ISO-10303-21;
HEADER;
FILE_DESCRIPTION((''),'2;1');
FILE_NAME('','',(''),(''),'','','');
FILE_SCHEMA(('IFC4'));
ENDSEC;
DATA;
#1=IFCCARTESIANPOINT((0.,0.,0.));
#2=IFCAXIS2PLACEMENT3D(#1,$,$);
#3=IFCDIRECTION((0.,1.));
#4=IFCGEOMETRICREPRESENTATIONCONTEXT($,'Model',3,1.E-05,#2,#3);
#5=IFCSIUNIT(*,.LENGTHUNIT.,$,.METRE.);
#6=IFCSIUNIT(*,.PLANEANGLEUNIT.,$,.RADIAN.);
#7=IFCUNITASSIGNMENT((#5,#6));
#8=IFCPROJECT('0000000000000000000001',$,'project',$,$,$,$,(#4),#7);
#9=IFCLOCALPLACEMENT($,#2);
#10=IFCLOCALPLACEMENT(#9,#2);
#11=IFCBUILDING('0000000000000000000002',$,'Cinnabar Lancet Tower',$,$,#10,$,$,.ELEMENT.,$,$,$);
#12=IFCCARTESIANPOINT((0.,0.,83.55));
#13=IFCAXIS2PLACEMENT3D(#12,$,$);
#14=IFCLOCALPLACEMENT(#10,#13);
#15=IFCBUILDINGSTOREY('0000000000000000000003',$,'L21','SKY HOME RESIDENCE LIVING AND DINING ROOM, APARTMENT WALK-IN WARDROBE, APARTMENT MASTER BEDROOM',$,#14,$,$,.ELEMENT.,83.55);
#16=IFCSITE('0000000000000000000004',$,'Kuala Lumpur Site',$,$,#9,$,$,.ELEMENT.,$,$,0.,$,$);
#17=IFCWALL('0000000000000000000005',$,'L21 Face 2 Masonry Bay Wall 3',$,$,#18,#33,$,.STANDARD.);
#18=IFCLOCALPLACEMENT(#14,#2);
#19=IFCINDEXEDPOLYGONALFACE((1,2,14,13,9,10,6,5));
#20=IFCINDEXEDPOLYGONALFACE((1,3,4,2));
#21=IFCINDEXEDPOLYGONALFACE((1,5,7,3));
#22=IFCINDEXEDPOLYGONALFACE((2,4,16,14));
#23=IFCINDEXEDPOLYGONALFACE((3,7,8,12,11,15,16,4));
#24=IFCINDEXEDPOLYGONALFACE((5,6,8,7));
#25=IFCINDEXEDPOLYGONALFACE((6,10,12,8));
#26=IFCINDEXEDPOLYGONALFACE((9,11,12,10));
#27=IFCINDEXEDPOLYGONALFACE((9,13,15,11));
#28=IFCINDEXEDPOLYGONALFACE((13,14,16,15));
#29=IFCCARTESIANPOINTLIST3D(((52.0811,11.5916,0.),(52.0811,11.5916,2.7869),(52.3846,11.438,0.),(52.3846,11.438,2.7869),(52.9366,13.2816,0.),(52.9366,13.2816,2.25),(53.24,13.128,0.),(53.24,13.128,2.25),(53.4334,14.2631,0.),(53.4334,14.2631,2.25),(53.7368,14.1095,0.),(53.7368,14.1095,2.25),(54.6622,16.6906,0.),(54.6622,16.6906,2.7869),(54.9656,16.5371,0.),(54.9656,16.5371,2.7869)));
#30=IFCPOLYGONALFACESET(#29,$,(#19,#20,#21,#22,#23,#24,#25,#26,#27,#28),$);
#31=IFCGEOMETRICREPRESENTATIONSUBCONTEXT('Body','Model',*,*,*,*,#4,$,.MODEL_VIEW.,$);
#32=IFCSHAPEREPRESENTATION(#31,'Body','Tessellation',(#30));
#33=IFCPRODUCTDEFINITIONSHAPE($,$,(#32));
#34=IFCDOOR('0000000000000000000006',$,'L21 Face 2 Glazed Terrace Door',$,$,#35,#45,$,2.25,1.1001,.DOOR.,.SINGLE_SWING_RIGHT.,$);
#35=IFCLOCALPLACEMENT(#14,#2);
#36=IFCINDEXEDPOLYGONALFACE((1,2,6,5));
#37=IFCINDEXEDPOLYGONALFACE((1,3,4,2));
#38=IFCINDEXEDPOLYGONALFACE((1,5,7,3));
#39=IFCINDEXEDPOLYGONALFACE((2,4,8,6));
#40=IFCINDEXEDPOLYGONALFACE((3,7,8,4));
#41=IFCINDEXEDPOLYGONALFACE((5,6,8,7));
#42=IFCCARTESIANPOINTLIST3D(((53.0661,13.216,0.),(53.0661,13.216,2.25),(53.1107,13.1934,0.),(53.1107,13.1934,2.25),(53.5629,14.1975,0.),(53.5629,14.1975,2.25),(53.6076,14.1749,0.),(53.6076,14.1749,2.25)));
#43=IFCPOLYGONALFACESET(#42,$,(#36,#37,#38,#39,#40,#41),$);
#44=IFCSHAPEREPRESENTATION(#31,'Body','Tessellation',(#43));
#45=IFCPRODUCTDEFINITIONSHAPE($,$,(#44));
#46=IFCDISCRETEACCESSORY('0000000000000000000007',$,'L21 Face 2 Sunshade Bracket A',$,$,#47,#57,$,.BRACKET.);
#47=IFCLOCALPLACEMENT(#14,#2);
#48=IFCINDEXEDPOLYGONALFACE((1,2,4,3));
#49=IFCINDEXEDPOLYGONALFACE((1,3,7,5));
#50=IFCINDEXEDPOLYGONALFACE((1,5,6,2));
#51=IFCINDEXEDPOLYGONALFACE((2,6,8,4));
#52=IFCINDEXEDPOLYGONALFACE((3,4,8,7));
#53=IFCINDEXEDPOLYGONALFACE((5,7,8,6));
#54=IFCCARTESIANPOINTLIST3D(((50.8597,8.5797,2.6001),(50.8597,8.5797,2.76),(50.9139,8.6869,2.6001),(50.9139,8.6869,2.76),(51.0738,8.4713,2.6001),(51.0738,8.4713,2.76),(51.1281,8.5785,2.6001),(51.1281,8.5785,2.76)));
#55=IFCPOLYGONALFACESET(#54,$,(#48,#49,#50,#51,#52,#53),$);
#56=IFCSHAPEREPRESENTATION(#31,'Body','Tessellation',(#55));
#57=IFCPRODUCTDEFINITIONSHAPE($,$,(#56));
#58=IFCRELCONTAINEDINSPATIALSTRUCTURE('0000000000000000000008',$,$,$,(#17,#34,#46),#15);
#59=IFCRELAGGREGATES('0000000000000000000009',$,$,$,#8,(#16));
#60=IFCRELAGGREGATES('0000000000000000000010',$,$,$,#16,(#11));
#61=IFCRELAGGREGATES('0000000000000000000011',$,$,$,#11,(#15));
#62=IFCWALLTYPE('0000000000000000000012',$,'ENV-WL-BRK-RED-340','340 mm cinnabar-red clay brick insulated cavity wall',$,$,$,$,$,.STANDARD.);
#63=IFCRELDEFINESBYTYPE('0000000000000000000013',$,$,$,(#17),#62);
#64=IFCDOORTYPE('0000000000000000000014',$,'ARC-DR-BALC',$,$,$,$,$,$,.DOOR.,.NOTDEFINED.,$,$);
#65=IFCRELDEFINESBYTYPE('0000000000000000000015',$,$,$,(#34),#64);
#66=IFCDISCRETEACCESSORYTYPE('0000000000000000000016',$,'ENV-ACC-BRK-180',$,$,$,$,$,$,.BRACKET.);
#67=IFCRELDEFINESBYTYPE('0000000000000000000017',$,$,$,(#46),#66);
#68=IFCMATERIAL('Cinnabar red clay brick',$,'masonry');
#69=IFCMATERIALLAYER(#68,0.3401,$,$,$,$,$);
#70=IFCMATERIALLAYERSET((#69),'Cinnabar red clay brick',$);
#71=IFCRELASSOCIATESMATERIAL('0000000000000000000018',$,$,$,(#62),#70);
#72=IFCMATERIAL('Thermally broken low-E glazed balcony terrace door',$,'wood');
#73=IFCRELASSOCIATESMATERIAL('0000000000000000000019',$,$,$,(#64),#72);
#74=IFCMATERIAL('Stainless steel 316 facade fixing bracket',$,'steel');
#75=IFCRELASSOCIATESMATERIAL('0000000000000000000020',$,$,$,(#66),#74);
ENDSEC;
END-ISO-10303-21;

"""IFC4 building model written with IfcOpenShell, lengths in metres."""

from ifc_helpers import new_model, si_unit, direction, frame, frame_2d, origin, origin_2d, place, context, subcontext, project, spatial, rectangle, extrude, material, layer, layer_set, type_object, element, fill, save


model = new_model("IFC4")

# Units and contexts
model_context = context("Model", 3, precision=1e-05, world=origin(), true_north=direction((0.0, 1.0)))
body_context = subcontext(model_context, "Body", "Model", "MODEL_VIEW")
ifc_project = project(units=[si_unit("LENGTHUNIT", "METRE"), si_unit("PLANEANGLEUNIT", "RADIAN")], contexts=[model_context])

# Site, building, storey
site_placement = place(None, origin())
site = spatial("IfcSite", under=ifc_project, at=site_placement, Name="Kuala Lumpur Site", CompositionType="ELEMENT", RefElevation=0.0)
building_placement = place(site_placement, origin())
building = spatial("IfcBuilding", under=site, at=building_placement, Name="Cinnabar Lancet Tower", CompositionType="ELEMENT")
storey_placement = place(building_placement, frame((0.0, 0.0, 83.55)))
storey = spatial("IfcBuildingStorey", under=building, at=storey_placement, Name="L21", Description="SKY HOME RESIDENCE LIVING AND DINING ROOM, APARTMENT WALK-IN WARDROBE, APARTMENT MASTER BEDROOM", CompositionType="ELEMENT", Elevation=83.55)

# Shared definitions
ifc_material_1 = material(Name="Cinnabar red clay brick", Category="masonry")
ifc_layer_1 = layer(ifc_material_1, 0.3401)
ifc_layer_set_1 = layer_set([ifc_layer_1], Name="Cinnabar red clay brick")
wall_type_1 = type_object("IfcWallType", Name="ENV-WL-BRK-RED-340", Description="340 mm cinnabar-red clay brick insulated cavity wall", PredefinedType="STANDARD", material=ifc_layer_set_1)

# Wall, opening, door
wall_1_placement = place(storey_placement, frame((52.2329, 11.5149, 0.0), z_axis=(0.0, 0.0, 1.0), x_axis=(0.451617, 0.892212, 0.0)))
wall_1 = element("IfcWall", 1, at=wall_1_placement, inside=storey, type_object=wall_type_1, Name="L21 Face 2 Masonry Bay Wall 3", PredefinedType="STANDARD", context=body_context, shape_type="SweptSolid", body=[
    extrude(rectangle(XDim=5.7151, YDim=0.3401, at=frame_2d((2.8574, 0.0))), origin(), (0.0, 0.0, 1.0), 2.7869),
])
opening_1_placement = place(wall_1_placement, frame((1.894, 0.0, 0.0)))
opening_1 = element("IfcOpeningElement", 2, at=opening_1_placement, cuts=wall_1, PredefinedType="OPENING", context=body_context, shape_type="SweptSolid", body=[
    extrude(rectangle(XDim=1.1001, YDim=2.25, at=frame_2d((0.55, 1.125))), frame((0.0, 0.1799, 0.0), z_axis=(0.0, -1.0, 0.0), x_axis=(1.0, 0.0, 0.0)), (0.0, 0.0, 1.0), 0.3601),
])
ifc_material_2 = material(Name="Thermally broken low-E glazed balcony terrace door", Category="wood")
door_type = type_object("IfcDoorType", Name="ARC-DR-BALC", OperationType="NOTDEFINED", PredefinedType="DOOR", material=ifc_material_2)
door_placement = place(opening_1_placement, origin())
door = element("IfcDoor", 3, at=door_placement, inside=storey, type_object=door_type, Name="L21 Face 2 Glazed Terrace Door", OperationType="SINGLE_SWING_RIGHT", OverallHeight=2.25, OverallWidth=1.1001, PredefinedType="DOOR", context=body_context, shape_type="SweptSolid", body=[
    extrude(rectangle(XDim=1.1001, YDim=2.25, at=frame_2d((0.55, 1.125))), frame((0.0, 0.0249, 0.0), z_axis=(0.0, -1.0, 0.0), x_axis=(1.0, 0.0, 0.0)), (0.0, 0.0, 1.0), 0.05),
])
fill(opening_1, door)

# Discrete accessory
ifc_material_3 = material(Name="Stainless steel 316 facade fixing bracket", Category="steel")
discrete_accessory_type = type_object("IfcDiscreteAccessoryType", Name="ENV-ACC-BRK-180", PredefinedType="BRACKET", material=ifc_material_3)
discrete_accessory_placement = place(storey_placement, frame((50.9939, 8.5791, 2.6001), z_axis=(0.0, 0.0, 1.0), x_axis=(0.451501, 0.892271, 0.0)))
element("IfcDiscreteAccessory", 4, at=discrete_accessory_placement, inside=storey, type_object=discrete_accessory_type, Name="L21 Face 2 Sunshade Bracket A", PredefinedType="BRACKET", context=body_context, shape_type="SweptSolid", body=[
    extrude(rectangle(XDim=0.1201, YDim=0.24, at=origin_2d()), origin(), (0.0, 0.0, 1.0), 0.1599),
])

save(model, "model.ifc")
